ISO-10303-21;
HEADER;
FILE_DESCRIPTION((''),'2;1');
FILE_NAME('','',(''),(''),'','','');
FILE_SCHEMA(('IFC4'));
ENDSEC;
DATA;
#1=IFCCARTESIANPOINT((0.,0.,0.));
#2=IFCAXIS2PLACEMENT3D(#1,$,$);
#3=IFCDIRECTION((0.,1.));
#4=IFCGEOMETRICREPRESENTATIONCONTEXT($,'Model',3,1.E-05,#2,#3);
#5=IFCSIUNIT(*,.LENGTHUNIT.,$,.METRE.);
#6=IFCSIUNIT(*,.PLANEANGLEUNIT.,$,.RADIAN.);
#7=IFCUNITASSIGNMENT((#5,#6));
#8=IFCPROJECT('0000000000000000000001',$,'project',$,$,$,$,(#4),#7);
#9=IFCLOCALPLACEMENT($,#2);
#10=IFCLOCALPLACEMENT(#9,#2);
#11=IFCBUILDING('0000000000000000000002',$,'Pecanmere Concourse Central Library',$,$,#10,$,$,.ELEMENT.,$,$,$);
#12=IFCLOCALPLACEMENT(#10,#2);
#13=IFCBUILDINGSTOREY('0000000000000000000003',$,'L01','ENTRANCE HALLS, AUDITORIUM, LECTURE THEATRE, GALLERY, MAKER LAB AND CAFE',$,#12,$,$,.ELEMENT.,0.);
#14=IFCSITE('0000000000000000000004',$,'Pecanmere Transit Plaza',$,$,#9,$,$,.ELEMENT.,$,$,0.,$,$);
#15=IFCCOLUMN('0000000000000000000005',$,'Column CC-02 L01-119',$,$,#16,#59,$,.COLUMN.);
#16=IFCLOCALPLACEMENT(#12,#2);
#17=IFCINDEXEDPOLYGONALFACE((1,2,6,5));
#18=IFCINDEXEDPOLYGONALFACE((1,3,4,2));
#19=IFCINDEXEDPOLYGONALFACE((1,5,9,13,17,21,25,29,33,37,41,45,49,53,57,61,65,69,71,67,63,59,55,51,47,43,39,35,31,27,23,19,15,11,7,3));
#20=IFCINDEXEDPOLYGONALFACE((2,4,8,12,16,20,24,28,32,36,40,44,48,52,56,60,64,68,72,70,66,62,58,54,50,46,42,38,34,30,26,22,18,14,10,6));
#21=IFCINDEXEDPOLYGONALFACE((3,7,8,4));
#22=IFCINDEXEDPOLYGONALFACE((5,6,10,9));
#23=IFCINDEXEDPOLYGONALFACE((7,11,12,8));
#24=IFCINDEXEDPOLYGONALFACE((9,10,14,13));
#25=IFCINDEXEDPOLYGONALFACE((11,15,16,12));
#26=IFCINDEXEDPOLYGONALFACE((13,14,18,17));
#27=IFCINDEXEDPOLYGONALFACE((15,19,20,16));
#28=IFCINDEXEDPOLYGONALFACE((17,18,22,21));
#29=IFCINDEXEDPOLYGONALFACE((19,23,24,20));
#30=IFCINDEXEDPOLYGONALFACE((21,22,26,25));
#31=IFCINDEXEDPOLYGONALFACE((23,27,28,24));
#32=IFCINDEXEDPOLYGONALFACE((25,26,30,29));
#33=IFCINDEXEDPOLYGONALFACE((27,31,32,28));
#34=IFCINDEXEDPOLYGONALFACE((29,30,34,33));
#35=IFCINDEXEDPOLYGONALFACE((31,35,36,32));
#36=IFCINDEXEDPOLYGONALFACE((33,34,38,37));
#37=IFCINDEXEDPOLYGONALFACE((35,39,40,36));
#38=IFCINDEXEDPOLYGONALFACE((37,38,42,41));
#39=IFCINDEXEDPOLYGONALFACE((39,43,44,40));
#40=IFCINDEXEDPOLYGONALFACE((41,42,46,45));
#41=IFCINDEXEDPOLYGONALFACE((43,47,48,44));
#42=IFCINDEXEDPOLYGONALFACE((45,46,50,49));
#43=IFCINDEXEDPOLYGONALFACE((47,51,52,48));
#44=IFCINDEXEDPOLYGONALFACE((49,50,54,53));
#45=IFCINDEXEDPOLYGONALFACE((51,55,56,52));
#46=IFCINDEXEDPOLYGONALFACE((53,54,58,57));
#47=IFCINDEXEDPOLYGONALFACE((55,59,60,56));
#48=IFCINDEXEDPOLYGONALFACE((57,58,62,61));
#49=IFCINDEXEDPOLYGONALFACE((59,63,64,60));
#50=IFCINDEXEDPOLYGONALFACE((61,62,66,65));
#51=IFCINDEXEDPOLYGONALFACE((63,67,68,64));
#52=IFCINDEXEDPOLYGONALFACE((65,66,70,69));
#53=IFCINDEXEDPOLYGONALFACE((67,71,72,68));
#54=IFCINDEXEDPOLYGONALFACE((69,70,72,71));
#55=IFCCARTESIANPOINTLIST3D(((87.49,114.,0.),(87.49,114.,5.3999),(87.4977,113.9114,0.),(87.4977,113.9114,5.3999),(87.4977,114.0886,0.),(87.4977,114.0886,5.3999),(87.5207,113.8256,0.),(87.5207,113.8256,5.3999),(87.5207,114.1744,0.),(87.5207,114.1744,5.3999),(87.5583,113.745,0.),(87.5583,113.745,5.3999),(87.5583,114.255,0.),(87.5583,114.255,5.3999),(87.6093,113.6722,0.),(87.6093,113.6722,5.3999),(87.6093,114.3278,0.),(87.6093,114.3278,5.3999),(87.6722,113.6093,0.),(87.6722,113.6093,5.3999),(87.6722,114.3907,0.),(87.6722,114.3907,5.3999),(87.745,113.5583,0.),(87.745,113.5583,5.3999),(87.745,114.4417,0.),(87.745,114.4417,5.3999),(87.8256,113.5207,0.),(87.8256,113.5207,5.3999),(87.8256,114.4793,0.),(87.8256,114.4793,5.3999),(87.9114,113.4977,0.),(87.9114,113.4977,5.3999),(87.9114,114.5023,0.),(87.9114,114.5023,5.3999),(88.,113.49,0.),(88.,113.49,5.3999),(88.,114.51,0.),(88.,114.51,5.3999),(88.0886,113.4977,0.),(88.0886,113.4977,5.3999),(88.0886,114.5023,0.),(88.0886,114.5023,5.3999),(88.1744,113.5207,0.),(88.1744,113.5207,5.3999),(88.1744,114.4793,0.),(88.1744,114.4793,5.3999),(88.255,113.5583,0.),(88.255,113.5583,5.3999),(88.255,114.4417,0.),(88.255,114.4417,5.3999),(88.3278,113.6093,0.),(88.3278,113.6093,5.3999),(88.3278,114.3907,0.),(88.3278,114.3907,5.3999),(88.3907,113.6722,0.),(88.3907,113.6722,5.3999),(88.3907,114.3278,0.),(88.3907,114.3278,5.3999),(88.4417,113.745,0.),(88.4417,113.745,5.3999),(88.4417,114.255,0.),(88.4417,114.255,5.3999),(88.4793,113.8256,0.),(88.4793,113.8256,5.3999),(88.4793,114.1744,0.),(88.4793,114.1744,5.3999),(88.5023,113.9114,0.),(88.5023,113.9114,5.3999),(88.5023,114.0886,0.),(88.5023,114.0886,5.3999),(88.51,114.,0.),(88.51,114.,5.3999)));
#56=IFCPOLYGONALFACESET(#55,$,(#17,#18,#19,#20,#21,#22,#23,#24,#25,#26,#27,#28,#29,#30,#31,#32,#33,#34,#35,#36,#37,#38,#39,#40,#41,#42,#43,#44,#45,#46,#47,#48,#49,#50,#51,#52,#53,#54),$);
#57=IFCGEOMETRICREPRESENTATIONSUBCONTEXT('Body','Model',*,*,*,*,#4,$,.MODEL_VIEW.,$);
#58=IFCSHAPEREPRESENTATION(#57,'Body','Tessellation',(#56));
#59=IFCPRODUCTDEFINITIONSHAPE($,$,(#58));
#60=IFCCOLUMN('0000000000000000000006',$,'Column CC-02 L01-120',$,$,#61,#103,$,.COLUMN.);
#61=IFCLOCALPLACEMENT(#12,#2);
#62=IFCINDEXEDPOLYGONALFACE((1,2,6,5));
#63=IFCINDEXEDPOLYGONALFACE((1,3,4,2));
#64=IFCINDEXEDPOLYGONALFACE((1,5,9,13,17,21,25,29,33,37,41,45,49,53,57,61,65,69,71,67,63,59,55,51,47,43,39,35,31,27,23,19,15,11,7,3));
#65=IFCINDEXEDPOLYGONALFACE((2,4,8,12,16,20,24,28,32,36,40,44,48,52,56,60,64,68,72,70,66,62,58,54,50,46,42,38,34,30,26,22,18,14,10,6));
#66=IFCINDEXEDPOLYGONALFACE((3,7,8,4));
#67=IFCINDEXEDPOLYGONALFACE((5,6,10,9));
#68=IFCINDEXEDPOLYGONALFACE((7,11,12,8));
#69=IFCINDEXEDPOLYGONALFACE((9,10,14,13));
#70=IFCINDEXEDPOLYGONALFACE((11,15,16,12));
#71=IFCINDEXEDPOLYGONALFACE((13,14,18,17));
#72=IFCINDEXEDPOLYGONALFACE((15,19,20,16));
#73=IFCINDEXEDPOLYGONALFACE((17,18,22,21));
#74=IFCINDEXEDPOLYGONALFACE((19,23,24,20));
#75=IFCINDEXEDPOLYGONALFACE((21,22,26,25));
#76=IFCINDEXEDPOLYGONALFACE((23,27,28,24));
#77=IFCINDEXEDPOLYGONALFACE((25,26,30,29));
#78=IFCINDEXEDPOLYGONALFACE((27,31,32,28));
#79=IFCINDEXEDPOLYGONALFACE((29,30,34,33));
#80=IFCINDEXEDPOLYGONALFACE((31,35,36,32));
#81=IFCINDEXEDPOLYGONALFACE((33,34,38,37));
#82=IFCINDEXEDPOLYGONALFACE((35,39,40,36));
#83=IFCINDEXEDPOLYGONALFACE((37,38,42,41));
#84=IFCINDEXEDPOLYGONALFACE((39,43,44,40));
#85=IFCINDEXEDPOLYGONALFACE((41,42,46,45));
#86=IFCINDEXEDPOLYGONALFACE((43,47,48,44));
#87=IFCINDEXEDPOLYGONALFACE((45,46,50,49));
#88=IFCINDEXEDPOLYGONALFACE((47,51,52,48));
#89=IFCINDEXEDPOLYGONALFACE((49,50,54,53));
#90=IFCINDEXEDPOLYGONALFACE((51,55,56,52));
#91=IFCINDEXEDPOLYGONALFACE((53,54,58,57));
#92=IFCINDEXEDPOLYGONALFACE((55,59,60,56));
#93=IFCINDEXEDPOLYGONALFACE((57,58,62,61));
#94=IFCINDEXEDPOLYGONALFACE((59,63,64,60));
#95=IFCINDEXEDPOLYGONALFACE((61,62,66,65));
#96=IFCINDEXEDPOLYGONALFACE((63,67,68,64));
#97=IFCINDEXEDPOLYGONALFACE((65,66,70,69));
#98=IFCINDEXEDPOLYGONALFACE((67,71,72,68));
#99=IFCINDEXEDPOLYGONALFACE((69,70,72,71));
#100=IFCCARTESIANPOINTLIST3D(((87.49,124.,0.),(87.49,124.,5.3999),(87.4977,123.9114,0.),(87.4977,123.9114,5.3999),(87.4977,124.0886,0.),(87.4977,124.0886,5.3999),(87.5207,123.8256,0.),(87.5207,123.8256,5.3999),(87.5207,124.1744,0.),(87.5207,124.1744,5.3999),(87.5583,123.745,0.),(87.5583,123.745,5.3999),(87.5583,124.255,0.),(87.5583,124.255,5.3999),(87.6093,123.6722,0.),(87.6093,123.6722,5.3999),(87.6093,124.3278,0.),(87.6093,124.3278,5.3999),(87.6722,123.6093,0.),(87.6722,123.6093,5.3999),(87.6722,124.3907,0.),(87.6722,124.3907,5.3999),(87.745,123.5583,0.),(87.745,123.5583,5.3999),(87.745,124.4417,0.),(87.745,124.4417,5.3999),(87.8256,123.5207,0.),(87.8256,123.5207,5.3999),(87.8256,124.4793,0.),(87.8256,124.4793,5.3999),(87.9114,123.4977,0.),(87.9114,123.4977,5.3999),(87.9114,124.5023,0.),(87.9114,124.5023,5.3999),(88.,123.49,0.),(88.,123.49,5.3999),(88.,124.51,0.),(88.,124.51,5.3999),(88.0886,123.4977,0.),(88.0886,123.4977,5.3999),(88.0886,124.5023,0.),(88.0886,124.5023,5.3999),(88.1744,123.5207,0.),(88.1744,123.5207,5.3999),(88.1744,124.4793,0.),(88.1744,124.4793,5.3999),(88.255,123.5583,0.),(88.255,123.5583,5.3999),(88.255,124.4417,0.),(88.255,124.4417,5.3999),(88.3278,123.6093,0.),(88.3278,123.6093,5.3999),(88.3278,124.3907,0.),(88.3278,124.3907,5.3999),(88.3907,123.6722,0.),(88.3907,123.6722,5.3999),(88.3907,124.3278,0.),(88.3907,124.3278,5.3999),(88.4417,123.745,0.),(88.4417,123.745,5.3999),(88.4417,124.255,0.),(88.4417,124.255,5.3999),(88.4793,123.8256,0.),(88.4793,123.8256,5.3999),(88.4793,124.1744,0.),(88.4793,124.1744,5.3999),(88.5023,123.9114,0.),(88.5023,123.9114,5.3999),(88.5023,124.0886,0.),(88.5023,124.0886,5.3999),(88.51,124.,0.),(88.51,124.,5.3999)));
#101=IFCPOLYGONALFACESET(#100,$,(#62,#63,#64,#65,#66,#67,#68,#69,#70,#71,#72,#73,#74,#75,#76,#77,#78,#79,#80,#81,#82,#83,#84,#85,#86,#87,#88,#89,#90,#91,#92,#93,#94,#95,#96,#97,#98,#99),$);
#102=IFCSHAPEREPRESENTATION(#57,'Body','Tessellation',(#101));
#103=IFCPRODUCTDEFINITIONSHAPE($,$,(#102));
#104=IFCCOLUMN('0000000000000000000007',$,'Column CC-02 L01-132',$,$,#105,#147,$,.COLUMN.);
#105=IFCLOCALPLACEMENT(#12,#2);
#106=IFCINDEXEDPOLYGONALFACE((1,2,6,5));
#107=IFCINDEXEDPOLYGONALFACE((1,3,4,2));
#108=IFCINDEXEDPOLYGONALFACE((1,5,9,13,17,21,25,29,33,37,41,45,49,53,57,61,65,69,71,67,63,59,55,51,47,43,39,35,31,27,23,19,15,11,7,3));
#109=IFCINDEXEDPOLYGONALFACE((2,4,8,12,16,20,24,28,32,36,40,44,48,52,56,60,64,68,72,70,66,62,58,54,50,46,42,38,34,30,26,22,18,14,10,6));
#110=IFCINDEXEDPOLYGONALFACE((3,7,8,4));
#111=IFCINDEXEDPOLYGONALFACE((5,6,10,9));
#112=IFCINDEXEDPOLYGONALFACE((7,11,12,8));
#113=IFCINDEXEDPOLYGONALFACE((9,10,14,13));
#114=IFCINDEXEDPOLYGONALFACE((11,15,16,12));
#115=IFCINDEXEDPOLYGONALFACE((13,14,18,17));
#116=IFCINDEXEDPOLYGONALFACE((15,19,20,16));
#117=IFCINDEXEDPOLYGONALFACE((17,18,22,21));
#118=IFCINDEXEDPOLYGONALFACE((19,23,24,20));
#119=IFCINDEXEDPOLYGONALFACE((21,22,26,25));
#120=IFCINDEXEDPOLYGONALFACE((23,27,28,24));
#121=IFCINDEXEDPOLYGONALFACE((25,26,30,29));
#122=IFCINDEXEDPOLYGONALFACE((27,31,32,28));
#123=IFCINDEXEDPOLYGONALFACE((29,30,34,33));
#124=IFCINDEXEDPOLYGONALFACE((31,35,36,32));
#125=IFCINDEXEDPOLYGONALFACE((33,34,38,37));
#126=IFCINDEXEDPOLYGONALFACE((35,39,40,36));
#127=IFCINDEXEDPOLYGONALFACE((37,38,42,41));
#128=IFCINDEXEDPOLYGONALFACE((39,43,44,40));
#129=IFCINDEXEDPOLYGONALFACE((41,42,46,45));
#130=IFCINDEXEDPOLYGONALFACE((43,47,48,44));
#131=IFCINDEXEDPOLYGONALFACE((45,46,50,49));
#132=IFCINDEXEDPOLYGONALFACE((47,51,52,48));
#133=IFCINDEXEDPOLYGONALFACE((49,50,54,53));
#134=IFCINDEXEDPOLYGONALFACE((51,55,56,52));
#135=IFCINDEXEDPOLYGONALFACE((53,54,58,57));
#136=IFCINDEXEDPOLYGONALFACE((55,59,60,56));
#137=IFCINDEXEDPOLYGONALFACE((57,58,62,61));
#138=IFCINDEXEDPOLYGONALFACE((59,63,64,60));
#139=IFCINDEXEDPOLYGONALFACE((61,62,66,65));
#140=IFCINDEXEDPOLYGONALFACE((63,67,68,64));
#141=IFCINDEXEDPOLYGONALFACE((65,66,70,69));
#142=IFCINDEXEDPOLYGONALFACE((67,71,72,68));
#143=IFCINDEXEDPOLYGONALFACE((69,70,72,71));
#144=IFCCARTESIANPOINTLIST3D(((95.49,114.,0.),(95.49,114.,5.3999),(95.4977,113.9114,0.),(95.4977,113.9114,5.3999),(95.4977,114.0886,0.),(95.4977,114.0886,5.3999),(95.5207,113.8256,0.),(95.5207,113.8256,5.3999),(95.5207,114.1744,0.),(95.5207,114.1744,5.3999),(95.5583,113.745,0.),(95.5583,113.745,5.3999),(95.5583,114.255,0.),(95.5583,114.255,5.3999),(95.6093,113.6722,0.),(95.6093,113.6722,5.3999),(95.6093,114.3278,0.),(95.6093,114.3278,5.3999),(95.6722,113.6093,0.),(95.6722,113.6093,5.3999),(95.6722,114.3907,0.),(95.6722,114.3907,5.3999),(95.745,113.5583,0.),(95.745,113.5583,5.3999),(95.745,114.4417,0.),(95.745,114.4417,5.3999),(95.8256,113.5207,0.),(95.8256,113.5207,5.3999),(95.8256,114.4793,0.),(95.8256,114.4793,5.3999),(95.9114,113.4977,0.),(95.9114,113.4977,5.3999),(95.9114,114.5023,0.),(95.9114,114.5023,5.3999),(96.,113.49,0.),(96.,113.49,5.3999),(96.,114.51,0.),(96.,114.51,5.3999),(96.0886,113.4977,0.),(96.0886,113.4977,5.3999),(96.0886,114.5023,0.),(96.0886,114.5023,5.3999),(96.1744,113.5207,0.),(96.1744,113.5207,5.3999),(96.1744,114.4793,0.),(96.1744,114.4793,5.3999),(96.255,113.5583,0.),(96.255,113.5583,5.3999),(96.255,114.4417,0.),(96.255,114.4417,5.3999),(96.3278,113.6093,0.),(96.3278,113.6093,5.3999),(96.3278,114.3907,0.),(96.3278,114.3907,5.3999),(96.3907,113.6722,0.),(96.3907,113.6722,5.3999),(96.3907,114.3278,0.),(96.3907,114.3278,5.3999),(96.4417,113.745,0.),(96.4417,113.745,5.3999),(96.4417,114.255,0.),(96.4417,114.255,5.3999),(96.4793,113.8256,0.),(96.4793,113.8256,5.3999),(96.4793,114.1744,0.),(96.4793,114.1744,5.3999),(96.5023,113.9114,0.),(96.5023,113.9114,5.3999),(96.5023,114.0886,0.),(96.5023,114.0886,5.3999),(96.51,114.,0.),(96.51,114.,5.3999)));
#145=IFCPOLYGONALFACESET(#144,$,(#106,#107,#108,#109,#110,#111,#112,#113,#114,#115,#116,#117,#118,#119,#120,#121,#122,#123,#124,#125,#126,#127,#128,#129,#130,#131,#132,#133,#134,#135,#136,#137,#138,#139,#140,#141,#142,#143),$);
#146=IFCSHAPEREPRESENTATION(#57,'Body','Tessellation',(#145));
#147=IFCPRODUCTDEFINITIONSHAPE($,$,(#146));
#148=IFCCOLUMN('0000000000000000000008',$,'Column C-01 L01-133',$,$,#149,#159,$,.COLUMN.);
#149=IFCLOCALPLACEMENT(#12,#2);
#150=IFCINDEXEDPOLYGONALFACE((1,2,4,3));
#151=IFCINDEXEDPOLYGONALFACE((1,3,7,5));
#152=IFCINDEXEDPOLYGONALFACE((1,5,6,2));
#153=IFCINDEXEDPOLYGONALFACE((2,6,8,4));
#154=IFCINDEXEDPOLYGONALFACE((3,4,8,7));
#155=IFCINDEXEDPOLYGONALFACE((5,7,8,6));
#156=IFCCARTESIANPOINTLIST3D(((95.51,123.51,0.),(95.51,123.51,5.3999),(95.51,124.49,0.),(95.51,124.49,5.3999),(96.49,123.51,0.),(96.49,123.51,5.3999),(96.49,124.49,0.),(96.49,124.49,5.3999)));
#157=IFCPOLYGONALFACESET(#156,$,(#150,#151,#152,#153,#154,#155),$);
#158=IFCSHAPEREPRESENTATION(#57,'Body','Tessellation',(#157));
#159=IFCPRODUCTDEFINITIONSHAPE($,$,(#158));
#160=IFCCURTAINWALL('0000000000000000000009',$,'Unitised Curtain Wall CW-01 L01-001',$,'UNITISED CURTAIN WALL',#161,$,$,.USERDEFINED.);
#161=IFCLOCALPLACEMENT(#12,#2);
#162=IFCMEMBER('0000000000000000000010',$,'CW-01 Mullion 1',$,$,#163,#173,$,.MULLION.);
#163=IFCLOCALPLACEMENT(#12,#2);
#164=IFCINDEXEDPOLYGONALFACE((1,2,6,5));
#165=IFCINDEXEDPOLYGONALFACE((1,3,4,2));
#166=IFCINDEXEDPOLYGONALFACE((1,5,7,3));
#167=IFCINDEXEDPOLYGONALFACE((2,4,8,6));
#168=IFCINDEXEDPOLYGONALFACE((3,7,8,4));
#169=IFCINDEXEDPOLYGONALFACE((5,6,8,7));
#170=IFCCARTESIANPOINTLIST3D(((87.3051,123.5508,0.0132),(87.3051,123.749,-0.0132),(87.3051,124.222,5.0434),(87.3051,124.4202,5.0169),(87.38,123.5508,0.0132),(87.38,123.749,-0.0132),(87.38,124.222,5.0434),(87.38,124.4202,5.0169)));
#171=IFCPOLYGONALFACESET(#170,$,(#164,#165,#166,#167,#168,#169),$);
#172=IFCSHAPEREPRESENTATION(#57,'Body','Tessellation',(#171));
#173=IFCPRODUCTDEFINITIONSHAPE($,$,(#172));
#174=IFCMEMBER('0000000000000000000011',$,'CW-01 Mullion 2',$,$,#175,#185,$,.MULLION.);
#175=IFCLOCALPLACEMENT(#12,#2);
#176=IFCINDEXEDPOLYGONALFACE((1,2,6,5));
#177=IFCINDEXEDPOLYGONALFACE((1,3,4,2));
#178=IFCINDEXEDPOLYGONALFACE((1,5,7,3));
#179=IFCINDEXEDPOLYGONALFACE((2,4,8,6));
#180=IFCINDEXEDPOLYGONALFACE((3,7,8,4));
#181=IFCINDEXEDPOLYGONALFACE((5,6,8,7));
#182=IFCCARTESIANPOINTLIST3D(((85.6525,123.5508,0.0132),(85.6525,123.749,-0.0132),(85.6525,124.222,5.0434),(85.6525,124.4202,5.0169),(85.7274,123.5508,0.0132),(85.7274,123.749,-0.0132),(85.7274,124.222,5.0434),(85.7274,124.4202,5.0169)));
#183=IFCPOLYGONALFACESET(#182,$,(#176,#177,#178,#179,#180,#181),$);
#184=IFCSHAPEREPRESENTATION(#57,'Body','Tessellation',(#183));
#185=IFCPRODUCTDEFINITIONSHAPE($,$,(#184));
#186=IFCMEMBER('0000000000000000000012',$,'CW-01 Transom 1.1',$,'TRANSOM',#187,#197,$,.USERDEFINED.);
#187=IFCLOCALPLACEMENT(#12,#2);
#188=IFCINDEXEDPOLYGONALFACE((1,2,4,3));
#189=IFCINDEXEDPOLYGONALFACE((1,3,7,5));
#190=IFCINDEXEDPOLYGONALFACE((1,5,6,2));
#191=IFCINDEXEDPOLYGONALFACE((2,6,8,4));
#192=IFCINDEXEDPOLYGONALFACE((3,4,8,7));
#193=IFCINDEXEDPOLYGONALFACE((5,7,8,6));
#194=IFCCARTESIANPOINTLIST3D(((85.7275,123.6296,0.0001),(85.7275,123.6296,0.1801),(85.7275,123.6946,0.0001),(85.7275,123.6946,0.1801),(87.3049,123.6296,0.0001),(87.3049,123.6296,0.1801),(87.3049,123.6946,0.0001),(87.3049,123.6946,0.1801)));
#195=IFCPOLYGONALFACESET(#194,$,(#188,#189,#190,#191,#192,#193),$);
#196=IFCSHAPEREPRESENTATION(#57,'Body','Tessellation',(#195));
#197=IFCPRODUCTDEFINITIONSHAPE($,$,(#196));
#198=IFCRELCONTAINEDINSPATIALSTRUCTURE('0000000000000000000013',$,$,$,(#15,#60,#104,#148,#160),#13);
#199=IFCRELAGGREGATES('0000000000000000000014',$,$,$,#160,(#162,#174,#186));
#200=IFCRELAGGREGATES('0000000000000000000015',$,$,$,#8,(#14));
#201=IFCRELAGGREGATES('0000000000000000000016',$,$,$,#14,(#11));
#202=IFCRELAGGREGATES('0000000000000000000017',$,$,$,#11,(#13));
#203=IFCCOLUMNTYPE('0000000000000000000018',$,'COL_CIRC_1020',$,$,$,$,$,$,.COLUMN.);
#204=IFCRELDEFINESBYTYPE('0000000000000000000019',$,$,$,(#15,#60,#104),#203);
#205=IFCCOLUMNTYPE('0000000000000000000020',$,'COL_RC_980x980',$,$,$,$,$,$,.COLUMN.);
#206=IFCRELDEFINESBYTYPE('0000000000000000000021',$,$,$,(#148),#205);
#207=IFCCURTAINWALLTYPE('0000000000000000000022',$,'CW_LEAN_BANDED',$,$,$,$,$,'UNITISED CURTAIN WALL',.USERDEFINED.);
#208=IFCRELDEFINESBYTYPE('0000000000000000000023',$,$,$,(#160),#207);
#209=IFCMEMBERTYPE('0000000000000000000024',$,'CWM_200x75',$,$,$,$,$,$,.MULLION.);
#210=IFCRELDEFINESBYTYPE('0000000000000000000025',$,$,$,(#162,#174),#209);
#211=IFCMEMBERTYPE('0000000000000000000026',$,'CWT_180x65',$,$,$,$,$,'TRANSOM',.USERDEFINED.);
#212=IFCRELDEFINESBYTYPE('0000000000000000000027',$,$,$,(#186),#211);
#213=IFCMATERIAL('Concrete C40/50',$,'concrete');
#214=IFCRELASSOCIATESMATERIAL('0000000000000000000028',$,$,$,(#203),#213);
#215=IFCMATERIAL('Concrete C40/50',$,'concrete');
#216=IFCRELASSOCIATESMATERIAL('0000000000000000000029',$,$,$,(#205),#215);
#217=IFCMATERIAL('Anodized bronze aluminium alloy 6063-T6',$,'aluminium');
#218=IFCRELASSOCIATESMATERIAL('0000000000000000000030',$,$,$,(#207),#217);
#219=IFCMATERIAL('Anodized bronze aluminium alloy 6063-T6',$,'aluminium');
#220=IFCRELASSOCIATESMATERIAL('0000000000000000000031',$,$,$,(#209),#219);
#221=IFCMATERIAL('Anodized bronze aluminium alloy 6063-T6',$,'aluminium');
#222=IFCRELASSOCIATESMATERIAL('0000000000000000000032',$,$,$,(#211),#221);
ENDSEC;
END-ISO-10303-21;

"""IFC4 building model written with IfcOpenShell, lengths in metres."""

from ifc_helpers import new_model, si_unit, direction, frame, origin, origin_2d, place, context, subcontext, project, spatial, rectangle, circle, extrude, material, material_profile, profile_set, type_object, element, aggregate, save


model = new_model("IFC4")

# Units and contexts
model_context = context("Model", 3, precision=1e-05, world=origin(), true_north=direction((0.0, 1.0)))
body_context = subcontext(model_context, "Body", "Model", "MODEL_VIEW")
ifc_project = project(units=[si_unit("LENGTHUNIT", "METRE"), si_unit("PLANEANGLEUNIT", "RADIAN")], contexts=[model_context])

# Site, building, storey
site_placement = place(None, origin())
site = spatial("IfcSite", under=ifc_project, at=site_placement, Name="Pecanmere Transit Plaza", CompositionType="ELEMENT", RefElevation=0.0)
building_placement = place(site_placement, origin())
building = spatial("IfcBuilding", under=site, at=building_placement, Name="Pecanmere Concourse Central Library", CompositionType="ELEMENT")
storey_placement = place(building_placement, origin())
storey = spatial("IfcBuildingStorey", under=building, at=storey_placement, Name="L01", Description="ENTRANCE HALLS, AUDITORIUM, LECTURE THEATRE, GALLERY, MAKER LAB AND CAFE", CompositionType="ELEMENT", Elevation=0.0)

# Columns
ifc_material_1 = material(Name="Concrete C40/50", Category="concrete")
ifc_material_profile_1 = material_profile(ifc_material_1, circle(Radius=0.51, at=origin_2d()), Name="RC D1020")
ifc_profile_set_1 = profile_set([ifc_material_profile_1], Name="Concrete C40/50")
column_type_1 = type_object("IfcColumnType", Name="COL_CIRC_1020", PredefinedType="COLUMN", material=ifc_profile_set_1)
for number, where, z_axis, x_axis, name in (
    (1, (88.0, 114.0, 0.0), (0.0, 0.0, 1.0), (1.0, 0.0, 0.0), "Column CC-02 L01-119"),
    (2, (88.0, 124.0, 0.0), (0.0, 0.0, 1.0), (1.0, 0.0, 0.0), "Column CC-02 L01-120"),
    (3, (96.0, 114.0, 0.0), (0.0, 0.0, 1.0), (1.0, 0.0, 0.0), "Column CC-02 L01-132"),
):
    element("IfcColumn", number, at=place(storey_placement, frame(where, z_axis=z_axis, x_axis=x_axis)), inside=storey, type_object=column_type_1, Name=name, PredefinedType="COLUMN", context=body_context, shape_type="SweptSolid", body=[
        extrude(circle(Radius=0.51, at=origin_2d()), origin(), (0.0, 0.0, 1.0), 5.3999),
    ])
ifc_material_2 = material(Name="Concrete C40/50", Category="concrete")
ifc_material_profile_2 = material_profile(ifc_material_2, rectangle(XDim=0.98, YDim=0.98, at=origin_2d()), Name="RC 980x980")
ifc_profile_set_2 = profile_set([ifc_material_profile_2], Name="Concrete C40/50")
column_type_2 = type_object("IfcColumnType", Name="COL_RC_980x980", PredefinedType="COLUMN", material=ifc_profile_set_2)
column_placement = place(storey_placement, frame((96.0, 124.0, 0.0), z_axis=(0.0, 0.0, 1.0), x_axis=(1.0, 0.0, 0.0)))
element("IfcColumn", 4, at=column_placement, inside=storey, type_object=column_type_2, Name="Column C-01 L01-133", PredefinedType="COLUMN", context=body_context, shape_type="SweptSolid", body=[
    extrude(rectangle(XDim=0.98, YDim=0.98, at=origin_2d()), origin(), (0.0, 0.0, 1.0), 5.3999),
])

# Curtain wall, members
ifc_material_3 = material(Name="Anodized bronze aluminium alloy 6063-T6", Category="aluminium")
curtain_wall_type = type_object("IfcCurtainWallType", Name="CW_LEAN_BANDED", ElementType="UNITISED CURTAIN WALL", PredefinedType="USERDEFINED", material=ifc_material_3)
curtain_wall_placement = place(storey_placement, origin())
curtain_wall = element("IfcCurtainWall", 5, at=curtain_wall_placement, inside=storey, type_object=curtain_wall_type, Name="Unitised Curtain Wall CW-01 L01-001", ObjectType="UNITISED CURTAIN WALL", PredefinedType="USERDEFINED")
ifc_material_4 = material(Name="Anodized bronze aluminium alloy 6063-T6", Category="aluminium")
ifc_material_profile_3 = material_profile(ifc_material_4, rectangle(XDim=0.075, YDim=0.2, at=origin_2d()), Name="AL 75x200")
ifc_profile_set_3 = profile_set([ifc_material_profile_3], Name="Anodized bronze aluminium alloy 6063-T6")
member_type_1 = type_object("IfcMemberType", Name="CWM_200x75", PredefinedType="MULLION", material=ifc_profile_set_3)
member_1_placement = place(storey_placement, frame((87.3425, 123.6499, 0.0), z_axis=(0.0, 0.132255, 0.991216), x_axis=(-1.0, 0.0, 0.0)))
member_1 = element("IfcMember", 6, at=member_1_placement, type_object=member_type_1, Name="CW-01 Mullion 1", PredefinedType="MULLION", context=body_context, shape_type="SweptSolid", body=[
    extrude(rectangle(XDim=0.075, YDim=0.2, at=origin_2d()), origin(), (0.0, 0.0, 1.0), 5.0747),
])
member_2_placement = place(storey_placement, frame((85.6899, 123.6499, 0.0), z_axis=(0.0, 0.132255, 0.991216), x_axis=(-1.0, 0.0, 0.0)))
member_2 = element("IfcMember", 7, at=member_2_placement, type_object=member_type_1, Name="CW-01 Mullion 2", PredefinedType="MULLION", context=body_context, shape_type="SweptSolid", body=[
    extrude(rectangle(XDim=0.075, YDim=0.2, at=origin_2d()), origin(), (0.0, 0.0, 1.0), 5.0747),
])
ifc_material_5 = material(Name="Anodized bronze aluminium alloy 6063-T6", Category="aluminium")
ifc_material_profile_4 = material_profile(ifc_material_5, rectangle(XDim=0.0649, YDim=0.1799, at=origin_2d()), Name="AL 65x180")
ifc_profile_set_4 = profile_set([ifc_material_profile_4], Name="Anodized bronze aluminium alloy 6063-T6")
member_type_2 = type_object("IfcMemberType", Name="CWT_180x65", ElementType="TRANSOM", PredefinedType="USERDEFINED", material=ifc_profile_set_4)
member_3_placement = place(storey_placement, frame((87.3049, 123.6621, 0.0901), z_axis=(-1.0, 0.0, 0.0), x_axis=(0.0, -1.0, 0.0)))
member_3 = element("IfcMember", 8, at=member_3_placement, type_object=member_type_2, Name="CW-01 Transom 1.1", ObjectType="TRANSOM", PredefinedType="USERDEFINED", context=body_context, shape_type="SweptSolid", body=[
    extrude(rectangle(XDim=0.0649, YDim=0.1799, at=origin_2d()), origin(), (0.0, 0.0, 1.0), 1.5774),
])
aggregate(curtain_wall, [member_1, member_2, member_3])

save(model, "model.ifc")
